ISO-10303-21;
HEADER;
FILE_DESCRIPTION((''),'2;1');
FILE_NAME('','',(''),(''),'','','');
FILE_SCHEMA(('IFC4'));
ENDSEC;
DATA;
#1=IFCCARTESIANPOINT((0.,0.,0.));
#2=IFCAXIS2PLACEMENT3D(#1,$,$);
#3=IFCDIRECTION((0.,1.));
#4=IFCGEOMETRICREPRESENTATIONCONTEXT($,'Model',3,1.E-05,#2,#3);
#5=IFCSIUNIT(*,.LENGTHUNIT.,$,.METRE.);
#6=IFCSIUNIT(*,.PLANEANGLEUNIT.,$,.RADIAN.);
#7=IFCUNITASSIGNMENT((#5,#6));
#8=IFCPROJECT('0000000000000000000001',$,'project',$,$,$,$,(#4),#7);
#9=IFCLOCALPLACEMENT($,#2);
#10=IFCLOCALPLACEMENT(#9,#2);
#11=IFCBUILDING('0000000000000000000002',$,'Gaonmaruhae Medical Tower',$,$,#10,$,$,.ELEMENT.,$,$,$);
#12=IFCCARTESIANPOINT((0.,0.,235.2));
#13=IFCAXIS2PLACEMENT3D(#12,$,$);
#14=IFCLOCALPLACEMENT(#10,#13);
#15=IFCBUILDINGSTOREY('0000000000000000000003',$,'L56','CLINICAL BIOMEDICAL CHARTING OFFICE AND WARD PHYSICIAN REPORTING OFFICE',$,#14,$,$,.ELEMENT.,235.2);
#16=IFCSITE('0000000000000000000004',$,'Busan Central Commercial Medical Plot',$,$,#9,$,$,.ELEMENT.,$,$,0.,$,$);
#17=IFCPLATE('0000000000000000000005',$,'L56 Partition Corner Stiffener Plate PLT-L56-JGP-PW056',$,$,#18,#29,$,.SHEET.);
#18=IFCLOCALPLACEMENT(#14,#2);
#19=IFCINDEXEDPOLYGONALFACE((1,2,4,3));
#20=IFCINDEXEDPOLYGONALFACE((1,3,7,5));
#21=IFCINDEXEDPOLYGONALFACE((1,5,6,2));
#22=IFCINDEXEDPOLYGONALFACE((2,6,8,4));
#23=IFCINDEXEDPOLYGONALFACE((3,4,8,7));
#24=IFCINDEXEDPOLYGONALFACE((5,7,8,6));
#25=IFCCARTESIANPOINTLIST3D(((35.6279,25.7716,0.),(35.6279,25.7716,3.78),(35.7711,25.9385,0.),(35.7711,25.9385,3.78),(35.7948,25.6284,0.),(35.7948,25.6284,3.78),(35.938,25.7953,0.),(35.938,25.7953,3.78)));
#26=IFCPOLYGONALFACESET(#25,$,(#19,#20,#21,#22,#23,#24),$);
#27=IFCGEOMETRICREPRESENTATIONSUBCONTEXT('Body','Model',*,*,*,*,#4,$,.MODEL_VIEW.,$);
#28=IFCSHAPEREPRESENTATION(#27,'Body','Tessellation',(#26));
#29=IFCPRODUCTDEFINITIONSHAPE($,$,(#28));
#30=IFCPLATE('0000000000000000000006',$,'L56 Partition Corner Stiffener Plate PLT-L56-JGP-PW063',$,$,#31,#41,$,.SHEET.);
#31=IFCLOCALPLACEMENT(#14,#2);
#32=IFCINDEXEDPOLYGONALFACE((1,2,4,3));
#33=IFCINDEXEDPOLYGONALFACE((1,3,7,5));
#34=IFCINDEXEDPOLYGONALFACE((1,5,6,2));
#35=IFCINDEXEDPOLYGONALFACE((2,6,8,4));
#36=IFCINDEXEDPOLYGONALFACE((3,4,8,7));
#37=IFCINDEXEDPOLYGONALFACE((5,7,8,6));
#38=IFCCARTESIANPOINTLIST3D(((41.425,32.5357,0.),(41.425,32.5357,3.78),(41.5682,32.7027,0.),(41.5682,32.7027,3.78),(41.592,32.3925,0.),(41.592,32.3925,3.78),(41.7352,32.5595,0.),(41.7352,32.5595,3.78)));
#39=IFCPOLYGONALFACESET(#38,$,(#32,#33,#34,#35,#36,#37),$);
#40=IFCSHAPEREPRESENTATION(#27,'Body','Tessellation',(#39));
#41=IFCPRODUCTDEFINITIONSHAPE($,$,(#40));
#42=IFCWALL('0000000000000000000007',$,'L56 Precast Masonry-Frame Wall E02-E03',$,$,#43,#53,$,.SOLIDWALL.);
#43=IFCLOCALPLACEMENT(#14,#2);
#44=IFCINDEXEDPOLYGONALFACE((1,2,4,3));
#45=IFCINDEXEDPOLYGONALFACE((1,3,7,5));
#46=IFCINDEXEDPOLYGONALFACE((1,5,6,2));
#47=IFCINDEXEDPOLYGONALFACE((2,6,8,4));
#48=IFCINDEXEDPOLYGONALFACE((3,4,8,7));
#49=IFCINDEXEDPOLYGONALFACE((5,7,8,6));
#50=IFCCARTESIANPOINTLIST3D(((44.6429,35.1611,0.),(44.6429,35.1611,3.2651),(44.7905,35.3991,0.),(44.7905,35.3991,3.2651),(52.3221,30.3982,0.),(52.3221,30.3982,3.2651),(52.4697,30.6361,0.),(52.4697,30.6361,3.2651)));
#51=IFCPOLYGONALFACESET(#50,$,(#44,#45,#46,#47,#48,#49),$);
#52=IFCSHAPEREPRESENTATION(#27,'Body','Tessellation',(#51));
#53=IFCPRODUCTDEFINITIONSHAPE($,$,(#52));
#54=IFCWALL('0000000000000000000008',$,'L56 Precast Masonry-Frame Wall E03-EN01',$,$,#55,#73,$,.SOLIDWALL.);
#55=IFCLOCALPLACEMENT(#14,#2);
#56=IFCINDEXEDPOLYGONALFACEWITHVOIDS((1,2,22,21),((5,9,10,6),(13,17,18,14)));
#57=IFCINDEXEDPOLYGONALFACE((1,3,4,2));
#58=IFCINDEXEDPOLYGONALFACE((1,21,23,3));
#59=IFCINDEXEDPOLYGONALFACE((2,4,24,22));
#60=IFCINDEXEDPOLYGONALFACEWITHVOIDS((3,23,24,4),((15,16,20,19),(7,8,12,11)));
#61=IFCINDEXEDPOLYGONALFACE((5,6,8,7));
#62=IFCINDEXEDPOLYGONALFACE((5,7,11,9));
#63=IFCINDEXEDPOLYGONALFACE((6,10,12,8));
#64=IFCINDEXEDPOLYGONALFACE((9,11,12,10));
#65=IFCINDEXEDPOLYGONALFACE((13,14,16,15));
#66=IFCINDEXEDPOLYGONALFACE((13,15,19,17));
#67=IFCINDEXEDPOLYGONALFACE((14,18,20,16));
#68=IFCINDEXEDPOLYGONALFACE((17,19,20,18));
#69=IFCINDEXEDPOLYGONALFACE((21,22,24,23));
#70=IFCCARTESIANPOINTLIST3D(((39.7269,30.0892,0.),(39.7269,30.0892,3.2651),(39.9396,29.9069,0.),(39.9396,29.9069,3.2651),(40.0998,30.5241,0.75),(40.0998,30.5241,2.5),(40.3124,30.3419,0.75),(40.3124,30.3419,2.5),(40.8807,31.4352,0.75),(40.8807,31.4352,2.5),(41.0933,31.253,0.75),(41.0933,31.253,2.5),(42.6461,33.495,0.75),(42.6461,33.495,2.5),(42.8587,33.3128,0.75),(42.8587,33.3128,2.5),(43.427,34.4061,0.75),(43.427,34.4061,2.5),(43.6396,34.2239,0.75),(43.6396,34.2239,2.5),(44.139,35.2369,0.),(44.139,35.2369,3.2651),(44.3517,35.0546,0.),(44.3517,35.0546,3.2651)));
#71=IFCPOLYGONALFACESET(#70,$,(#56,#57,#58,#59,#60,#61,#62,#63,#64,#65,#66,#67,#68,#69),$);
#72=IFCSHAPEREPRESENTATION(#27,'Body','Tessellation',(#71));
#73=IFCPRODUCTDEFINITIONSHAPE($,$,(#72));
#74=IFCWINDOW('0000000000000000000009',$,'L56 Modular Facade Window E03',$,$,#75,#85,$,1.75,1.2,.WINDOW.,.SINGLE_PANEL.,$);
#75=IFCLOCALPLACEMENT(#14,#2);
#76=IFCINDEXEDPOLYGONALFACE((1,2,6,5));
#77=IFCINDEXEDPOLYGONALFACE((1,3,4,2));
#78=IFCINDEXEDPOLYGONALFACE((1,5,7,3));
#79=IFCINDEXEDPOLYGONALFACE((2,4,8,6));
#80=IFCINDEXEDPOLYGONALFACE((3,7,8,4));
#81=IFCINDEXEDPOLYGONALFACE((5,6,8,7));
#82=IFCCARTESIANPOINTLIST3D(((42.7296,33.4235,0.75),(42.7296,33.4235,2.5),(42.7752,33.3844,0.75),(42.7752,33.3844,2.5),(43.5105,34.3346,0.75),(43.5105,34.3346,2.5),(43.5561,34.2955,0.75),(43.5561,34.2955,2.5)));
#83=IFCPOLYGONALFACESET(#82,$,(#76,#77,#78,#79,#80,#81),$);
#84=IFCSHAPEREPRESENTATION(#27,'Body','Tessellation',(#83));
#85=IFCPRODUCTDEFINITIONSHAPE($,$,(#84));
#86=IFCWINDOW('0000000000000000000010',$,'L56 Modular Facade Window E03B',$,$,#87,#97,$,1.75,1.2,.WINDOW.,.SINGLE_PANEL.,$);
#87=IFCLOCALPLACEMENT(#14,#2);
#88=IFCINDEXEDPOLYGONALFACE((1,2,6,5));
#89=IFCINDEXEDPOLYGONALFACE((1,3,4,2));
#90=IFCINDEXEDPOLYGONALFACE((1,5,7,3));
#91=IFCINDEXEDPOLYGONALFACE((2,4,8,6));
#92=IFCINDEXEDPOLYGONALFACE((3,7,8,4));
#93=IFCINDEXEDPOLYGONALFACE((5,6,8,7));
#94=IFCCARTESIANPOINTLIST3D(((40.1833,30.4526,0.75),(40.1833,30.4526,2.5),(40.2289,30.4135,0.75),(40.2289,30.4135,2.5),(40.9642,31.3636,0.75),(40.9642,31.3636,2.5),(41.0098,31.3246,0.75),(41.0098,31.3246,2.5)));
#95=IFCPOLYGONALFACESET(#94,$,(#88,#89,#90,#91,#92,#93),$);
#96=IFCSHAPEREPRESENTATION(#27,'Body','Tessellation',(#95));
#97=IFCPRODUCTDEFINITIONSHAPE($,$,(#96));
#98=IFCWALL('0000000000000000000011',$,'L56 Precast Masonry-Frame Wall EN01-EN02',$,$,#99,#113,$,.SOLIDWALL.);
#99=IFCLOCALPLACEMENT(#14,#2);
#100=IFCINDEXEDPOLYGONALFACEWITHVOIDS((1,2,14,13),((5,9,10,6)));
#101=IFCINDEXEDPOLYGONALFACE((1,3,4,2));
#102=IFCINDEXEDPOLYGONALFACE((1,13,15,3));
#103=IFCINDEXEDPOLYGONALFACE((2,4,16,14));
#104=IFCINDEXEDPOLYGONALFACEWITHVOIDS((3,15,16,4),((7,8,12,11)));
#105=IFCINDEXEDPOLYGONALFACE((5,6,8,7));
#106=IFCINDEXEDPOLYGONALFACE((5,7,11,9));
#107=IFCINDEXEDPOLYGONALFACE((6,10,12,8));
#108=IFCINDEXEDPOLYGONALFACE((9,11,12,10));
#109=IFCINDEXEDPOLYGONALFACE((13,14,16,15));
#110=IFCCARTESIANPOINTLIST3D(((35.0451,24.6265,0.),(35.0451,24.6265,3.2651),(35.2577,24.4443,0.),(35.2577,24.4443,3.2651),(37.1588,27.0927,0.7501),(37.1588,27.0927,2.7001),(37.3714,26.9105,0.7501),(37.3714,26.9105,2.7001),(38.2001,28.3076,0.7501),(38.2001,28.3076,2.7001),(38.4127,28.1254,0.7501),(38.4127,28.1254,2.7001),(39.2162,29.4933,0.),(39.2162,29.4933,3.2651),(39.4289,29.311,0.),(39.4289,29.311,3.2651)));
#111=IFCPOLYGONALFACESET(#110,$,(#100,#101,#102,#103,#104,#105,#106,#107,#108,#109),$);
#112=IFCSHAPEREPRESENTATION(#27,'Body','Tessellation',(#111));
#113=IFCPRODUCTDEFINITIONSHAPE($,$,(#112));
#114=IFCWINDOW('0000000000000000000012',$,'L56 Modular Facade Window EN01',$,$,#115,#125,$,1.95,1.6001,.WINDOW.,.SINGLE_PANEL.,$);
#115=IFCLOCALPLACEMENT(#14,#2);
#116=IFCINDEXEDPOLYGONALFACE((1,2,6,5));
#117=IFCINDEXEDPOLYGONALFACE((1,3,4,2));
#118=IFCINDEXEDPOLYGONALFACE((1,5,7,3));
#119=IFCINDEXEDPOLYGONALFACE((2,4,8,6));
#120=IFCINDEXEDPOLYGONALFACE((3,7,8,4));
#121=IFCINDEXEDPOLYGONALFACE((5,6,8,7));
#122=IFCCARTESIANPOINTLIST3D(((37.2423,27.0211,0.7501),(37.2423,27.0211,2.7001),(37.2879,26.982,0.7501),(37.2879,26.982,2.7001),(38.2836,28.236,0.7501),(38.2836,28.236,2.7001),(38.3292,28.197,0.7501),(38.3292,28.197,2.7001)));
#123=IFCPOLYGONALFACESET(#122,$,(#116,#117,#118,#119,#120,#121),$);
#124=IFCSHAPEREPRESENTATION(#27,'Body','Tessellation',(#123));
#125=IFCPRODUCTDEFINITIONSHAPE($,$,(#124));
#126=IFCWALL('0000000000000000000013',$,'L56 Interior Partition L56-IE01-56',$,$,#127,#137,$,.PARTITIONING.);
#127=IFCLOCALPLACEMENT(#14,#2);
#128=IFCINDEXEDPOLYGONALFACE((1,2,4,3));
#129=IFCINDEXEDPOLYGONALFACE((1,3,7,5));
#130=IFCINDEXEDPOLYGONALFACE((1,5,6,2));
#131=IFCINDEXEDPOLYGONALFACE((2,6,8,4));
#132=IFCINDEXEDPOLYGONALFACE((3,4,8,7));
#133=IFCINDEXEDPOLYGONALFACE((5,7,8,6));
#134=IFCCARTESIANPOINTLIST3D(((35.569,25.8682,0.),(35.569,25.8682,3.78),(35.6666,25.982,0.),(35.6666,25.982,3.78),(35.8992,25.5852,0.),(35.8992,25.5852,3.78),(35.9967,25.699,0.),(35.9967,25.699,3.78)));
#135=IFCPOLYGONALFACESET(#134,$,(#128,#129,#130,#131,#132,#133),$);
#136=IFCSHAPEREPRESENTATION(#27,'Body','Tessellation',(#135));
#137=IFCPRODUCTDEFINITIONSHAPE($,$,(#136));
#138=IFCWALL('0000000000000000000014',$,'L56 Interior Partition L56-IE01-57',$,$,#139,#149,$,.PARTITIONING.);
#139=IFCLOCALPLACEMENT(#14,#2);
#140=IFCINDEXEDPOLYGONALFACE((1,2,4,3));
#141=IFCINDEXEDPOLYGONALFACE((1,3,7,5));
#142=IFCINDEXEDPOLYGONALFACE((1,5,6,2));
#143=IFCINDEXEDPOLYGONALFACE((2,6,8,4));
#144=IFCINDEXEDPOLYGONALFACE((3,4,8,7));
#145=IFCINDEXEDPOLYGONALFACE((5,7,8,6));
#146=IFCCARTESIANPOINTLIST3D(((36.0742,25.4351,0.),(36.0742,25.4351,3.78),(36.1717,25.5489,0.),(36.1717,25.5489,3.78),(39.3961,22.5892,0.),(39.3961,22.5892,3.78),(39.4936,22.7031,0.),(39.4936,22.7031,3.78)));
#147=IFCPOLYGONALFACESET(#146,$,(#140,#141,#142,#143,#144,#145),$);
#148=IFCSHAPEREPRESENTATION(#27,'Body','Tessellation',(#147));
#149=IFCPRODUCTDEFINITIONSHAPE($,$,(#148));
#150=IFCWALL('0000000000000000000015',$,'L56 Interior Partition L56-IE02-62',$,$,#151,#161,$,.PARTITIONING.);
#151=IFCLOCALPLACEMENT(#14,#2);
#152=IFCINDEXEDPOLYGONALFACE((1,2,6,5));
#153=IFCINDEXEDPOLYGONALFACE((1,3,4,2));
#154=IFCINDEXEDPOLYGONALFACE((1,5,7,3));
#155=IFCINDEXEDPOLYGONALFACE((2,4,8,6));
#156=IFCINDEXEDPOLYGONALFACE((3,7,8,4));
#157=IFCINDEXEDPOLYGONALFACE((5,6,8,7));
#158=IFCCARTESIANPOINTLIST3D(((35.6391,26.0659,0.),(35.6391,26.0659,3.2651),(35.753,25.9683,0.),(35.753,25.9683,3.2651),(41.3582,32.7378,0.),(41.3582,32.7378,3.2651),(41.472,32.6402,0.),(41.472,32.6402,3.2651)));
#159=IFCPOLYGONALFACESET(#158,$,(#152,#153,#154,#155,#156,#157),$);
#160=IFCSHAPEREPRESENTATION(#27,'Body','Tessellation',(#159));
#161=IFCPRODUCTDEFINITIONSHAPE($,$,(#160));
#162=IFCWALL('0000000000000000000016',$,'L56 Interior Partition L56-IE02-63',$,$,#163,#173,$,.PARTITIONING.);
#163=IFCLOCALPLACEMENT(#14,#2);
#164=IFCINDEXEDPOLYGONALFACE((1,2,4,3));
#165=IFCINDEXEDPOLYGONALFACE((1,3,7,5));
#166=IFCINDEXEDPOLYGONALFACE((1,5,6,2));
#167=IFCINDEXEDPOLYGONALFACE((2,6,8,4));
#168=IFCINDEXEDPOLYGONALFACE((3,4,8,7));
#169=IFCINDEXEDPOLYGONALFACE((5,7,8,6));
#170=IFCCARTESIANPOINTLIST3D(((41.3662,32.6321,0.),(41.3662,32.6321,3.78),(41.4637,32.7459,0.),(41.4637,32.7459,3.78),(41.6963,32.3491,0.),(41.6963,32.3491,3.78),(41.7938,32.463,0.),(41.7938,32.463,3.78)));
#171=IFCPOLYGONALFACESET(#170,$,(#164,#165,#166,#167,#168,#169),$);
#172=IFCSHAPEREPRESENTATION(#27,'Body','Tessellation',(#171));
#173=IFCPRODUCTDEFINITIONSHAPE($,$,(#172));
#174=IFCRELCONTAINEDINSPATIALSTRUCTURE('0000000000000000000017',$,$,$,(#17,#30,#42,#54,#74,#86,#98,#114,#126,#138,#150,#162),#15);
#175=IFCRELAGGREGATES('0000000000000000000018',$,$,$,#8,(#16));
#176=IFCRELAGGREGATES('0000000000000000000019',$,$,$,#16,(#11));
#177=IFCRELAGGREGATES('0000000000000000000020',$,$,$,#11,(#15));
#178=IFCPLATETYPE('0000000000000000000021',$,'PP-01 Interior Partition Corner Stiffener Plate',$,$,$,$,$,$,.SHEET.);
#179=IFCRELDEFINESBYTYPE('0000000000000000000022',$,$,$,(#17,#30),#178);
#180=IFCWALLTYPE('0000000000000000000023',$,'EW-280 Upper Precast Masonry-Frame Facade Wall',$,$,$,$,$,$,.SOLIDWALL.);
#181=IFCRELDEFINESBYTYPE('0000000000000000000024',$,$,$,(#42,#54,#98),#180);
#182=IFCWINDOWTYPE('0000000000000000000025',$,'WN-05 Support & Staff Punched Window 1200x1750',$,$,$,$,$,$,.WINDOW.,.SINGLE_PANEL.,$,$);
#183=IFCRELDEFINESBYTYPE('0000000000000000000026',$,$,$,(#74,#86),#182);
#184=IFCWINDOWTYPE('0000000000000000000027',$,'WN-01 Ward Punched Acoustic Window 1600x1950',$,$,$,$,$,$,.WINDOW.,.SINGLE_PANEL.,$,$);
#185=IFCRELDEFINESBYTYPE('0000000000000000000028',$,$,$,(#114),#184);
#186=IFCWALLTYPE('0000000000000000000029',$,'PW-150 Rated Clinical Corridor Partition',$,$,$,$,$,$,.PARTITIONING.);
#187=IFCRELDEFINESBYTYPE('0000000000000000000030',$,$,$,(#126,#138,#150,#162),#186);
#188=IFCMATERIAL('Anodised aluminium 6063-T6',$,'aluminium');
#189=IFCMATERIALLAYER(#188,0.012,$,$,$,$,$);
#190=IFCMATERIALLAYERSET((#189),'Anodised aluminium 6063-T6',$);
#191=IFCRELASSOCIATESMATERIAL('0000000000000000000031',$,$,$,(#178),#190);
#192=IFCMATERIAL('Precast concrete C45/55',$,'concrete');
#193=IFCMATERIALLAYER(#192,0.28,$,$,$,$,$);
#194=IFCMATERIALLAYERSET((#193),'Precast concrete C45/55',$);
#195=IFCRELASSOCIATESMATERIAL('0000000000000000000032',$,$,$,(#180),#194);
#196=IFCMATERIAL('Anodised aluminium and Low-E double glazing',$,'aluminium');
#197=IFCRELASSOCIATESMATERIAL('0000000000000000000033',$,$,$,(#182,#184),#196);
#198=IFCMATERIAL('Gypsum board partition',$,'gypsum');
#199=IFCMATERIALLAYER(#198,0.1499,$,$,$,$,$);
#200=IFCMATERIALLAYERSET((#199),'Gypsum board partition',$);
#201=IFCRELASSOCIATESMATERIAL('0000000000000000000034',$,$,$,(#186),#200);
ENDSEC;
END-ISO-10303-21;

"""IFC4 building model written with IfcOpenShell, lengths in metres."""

from ifc_helpers import new_model, si_unit, direction, frame, frame_2d, origin, origin_2d, place, context, subcontext, project, spatial, rectangle, extrude, material, layer, layer_set, type_object, element, fill, save


model = new_model("IFC4")

# Units and contexts
model_context = context("Model", 3, precision=1e-05, world=origin(), true_north=direction((0.0, 1.0)))
body_context = subcontext(model_context, "Body", "Model", "MODEL_VIEW")
ifc_project = project(units=[si_unit("LENGTHUNIT", "METRE"), si_unit("PLANEANGLEUNIT", "RADIAN")], contexts=[model_context])

# Site, building, storey
site_placement = place(None, origin())
site = spatial("IfcSite", under=ifc_project, at=site_placement, Name="Busan Central Commercial Medical Plot", CompositionType="ELEMENT", RefElevation=0.0)
building_placement = place(site_placement, origin())
building = spatial("IfcBuilding", under=site, at=building_placement, Name="Gaonmaruhae Medical Tower", CompositionType="ELEMENT")
storey_placement = place(building_placement, frame((0.0, 0.0, 235.2)))
storey = spatial("IfcBuildingStorey", under=building, at=storey_placement, Name="L56", Description="CLINICAL BIOMEDICAL CHARTING OFFICE AND WARD PHYSICIAN REPORTING OFFICE", CompositionType="ELEMENT", Elevation=235.2)

# Plates
ifc_material_1 = material(Name="Anodised aluminium 6063-T6", Category="aluminium")
ifc_layer_1 = layer(ifc_material_1, 0.012)
ifc_layer_set_1 = layer_set([ifc_layer_1], Name="Anodised aluminium 6063-T6")
plate_type = type_object("IfcPlateType", Name="PP-01 Interior Partition Corner Stiffener Plate", PredefinedType="SHEET", material=ifc_layer_set_1)
for number, where, z_axis, x_axis, name in (
    (1, (35.783, 25.7834, 0.0), (0.0, 0.0, 1.0), (0.75909, -0.650986, 0.0), "L56 Partition Corner Stiffener Plate PLT-L56-JGP-PW056"),
    (2, (41.5801, 32.5476, 0.0), (0.0, 0.0, 1.0), (0.75909, -0.650986, 0.0), "L56 Partition Corner Stiffener Plate PLT-L56-JGP-PW063"),
):
    element("IfcPlate", number, at=place(storey_placement, frame(where, z_axis=z_axis, x_axis=x_axis)), inside=storey, type_object=plate_type, Name=name, PredefinedType="SHEET", context=body_context, shape_type="SweptSolid", body=[
        extrude(rectangle(XDim=0.22, YDim=0.22, at=origin_2d()), origin(), (0.0, 0.0, 1.0), 3.78),
    ])

# Wall
ifc_material_2 = material(Name="Precast concrete C45/55", Category="concrete")
ifc_layer_2 = layer(ifc_material_2, 0.28)
ifc_layer_set_2 = layer_set([ifc_layer_2], Name="Precast concrete C45/55")
wall_type_1 = type_object("IfcWallType", Name="EW-280 Upper Precast Masonry-Frame Facade Wall", PredefinedType="SOLIDWALL", material=ifc_layer_set_2)
wall_1_placement = place(storey_placement, frame((44.7168, 35.28, 0.0), z_axis=(0.0, 0.0, 1.0), x_axis=(0.849812, -0.527086, 0.0)))
element("IfcWall", 3, at=wall_1_placement, inside=storey, type_object=wall_type_1, Name="L56 Precast Masonry-Frame Wall E02-E03", PredefinedType="SOLIDWALL", context=body_context, shape_type="SweptSolid", body=[
    extrude(rectangle(XDim=9.0364, YDim=0.28, at=frame_2d((4.5181, 0.0))), origin(), (0.0, 0.0, 1.0), 3.2651),
])

# Wall, openings, windows
wall_2_placement = place(storey_placement, frame((39.8333, 29.998, 0.0), z_axis=(0.0, 0.0, 1.0), x_axis=(0.650774, 0.759272, 0.0)))
wall_2 = element("IfcWall", 4, at=wall_2_placement, inside=storey, type_object=wall_type_1, Name="L56 Precast Masonry-Frame Wall E03-EN01", PredefinedType="SOLIDWALL", context=body_context, shape_type="SweptSolid", body=[
    extrude(rectangle(XDim=6.7798, YDim=0.28, at=frame_2d((3.3899, 0.0))), origin(), (0.0, 0.0, 1.0), 3.2651),
])
opening_1_placement = place(wall_2_placement, frame((4.4856, 0.0, 0.75)))
opening_1 = element("IfcOpeningElement", 5, at=opening_1_placement, cuts=wall_2, PredefinedType="OPENING", context=body_context, shape_type="SweptSolid", body=[
    extrude(rectangle(XDim=1.2, YDim=1.75, at=frame_2d((0.6001, 0.875))), frame((0.0, 0.1499, 0.0), z_axis=(0.0, -1.0, 0.0), x_axis=(1.0, 0.0, 0.0)), (0.0, 0.0, 1.0), 0.3),
])
opening_2_placement = place(wall_2_placement, frame((0.5728, 0.0, 0.75)))
opening_2 = element("IfcOpeningElement", 6, at=opening_2_placement, cuts=wall_2, PredefinedType="OPENING", context=body_context, shape_type="SweptSolid", body=[
    extrude(rectangle(XDim=1.2, YDim=1.75, at=frame_2d((0.6001, 0.875))), frame((0.0, 0.1499, 0.0), z_axis=(0.0, -1.0, 0.0), x_axis=(1.0, 0.0, 0.0)), (0.0, 0.0, 1.0), 0.3),
])
ifc_material_3 = material(Name="Anodised aluminium and Low-E double glazing", Category="aluminium")
window_type_1 = type_object("IfcWindowType", Name="WN-05 Support & Staff Punched Window 1200x1750", PartitioningType="SINGLE_PANEL", PredefinedType="WINDOW", material=ifc_material_3)
window_1_placement = place(opening_1_placement, origin())
window_1 = element("IfcWindow", 7, at=window_1_placement, inside=storey, type_object=window_type_1, Name="L56 Modular Facade Window E03", OverallHeight=1.75, OverallWidth=1.2, PartitioningType="SINGLE_PANEL", PredefinedType="WINDOW", context=body_context, shape_type="SweptSolid", body=[
    extrude(rectangle(XDim=1.2, YDim=1.75, at=frame_2d((0.6001, 0.875))), frame((0.0, 0.03, 0.0), z_axis=(0.0, -1.0, 0.0), x_axis=(1.0, 0.0, 0.0)), (0.0, 0.0, 1.0), 0.0601),
])
fill(opening_1, window_1)
window_2_placement = place(opening_2_placement, origin())
window_2 = element("IfcWindow", 8, at=window_2_placement, inside=storey, type_object=window_type_1, Name="L56 Modular Facade Window E03B", OverallHeight=1.75, OverallWidth=1.2, PartitioningType="SINGLE_PANEL", PredefinedType="WINDOW", context=body_context, shape_type="SweptSolid", body=[
    extrude(rectangle(XDim=1.2, YDim=1.75, at=frame_2d((0.6001, 0.875))), frame((0.0, 0.03, 0.0), z_axis=(0.0, -1.0, 0.0), x_axis=(1.0, 0.0, 0.0)), (0.0, 0.0, 1.0), 0.0601),
])
fill(opening_2, window_2)

# Wall, opening, window
wall_3_placement = place(storey_placement, frame((35.1514, 24.5354, 0.0), z_axis=(0.0, 0.0, 1.0), x_axis=(0.650763, 0.759281, 0.0)))
wall_3 = element("IfcWall", 9, at=wall_3_placement, inside=storey, type_object=wall_type_1, Name="L56 Precast Masonry-Frame Wall EN01-EN02", PredefinedType="SOLIDWALL", context=body_context, shape_type="SweptSolid", body=[
    extrude(rectangle(XDim=6.4097, YDim=0.28, at=frame_2d((3.2048, 0.0))), origin(), (0.0, 0.0, 1.0), 3.2651),
])
opening_3_placement = place(wall_3_placement, frame((3.248, 0.0, 0.75)))
opening_3 = element("IfcOpeningElement", 10, at=opening_3_placement, cuts=wall_3, PredefinedType="OPENING", context=body_context, shape_type="SweptSolid", body=[
    extrude(rectangle(XDim=1.6001, YDim=1.95, at=frame_2d((0.8, 0.9751))), frame((0.0, 0.1499, 0.0), z_axis=(0.0, -1.0, 0.0), x_axis=(1.0, 0.0, 0.0)), (0.0, 0.0, 1.0), 0.3),
])
window_type_2 = type_object("IfcWindowType", Name="WN-01 Ward Punched Acoustic Window 1600x1950", PartitioningType="SINGLE_PANEL", PredefinedType="WINDOW", material=ifc_material_3)
window_3_placement = place(opening_3_placement, origin())
window_3 = element("IfcWindow", 11, at=window_3_placement, inside=storey, type_object=window_type_2, Name="L56 Modular Facade Window EN01", OverallHeight=1.95, OverallWidth=1.6001, PartitioningType="SINGLE_PANEL", PredefinedType="WINDOW", context=body_context, shape_type="SweptSolid", body=[
    extrude(rectangle(XDim=1.6001, YDim=1.95, at=frame_2d((0.8, 0.9751))), frame((0.0, 0.03, 0.0), z_axis=(0.0, -1.0, 0.0), x_axis=(1.0, 0.0, 0.0)), (0.0, 0.0, 1.0), 0.0601),
])
fill(opening_3, window_3)

# Walls
ifc_material_4 = material(Name="Gypsum board partition", Category="gypsum")
ifc_layer_3 = layer(ifc_material_4, 0.1499)
ifc_layer_set_3 = layer_set([ifc_layer_3], Name="Gypsum board partition")
wall_type_2 = type_object("IfcWallType", Name="PW-150 Rated Clinical Corridor Partition", PredefinedType="PARTITIONING", material=ifc_layer_set_3)
wall_4_placement = place(storey_placement, frame((35.6179, 25.925, 0.0), z_axis=(0.0, 0.0, 1.0), x_axis=(0.759217, -0.650838, 0.0)))
element("IfcWall", 12, at=wall_4_placement, inside=storey, type_object=wall_type_2, Name="L56 Interior Partition L56-IE01-56", PredefinedType="PARTITIONING", context=body_context, shape_type="SweptSolid", body=[
    extrude(rectangle(XDim=0.4348, YDim=0.1499, at=frame_2d((0.2173, 0.0))), origin(), (0.0, 0.0, 1.0), 3.78),
])
wall_5_placement = place(storey_placement, frame((36.123, 25.4919, 0.0), z_axis=(0.0, 0.0, 1.0), x_axis=(0.759426, -0.650594, 0.0)))
element("IfcWall", 13, at=wall_5_placement, inside=storey, type_object=wall_type_2, Name="L56 Interior Partition L56-IE01-57", PredefinedType="PARTITIONING", context=body_context, shape_type="SweptSolid", body=[
    extrude(rectangle(XDim=4.3743, YDim=0.1499, at=frame_2d((2.187, 0.0))), origin(), (0.0, 0.0, 1.0), 3.78),
])
wall_6_placement = place(storey_placement, frame((35.696, 26.0171, 0.0), z_axis=(0.0, 0.0, 1.0), x_axis=(0.650807, 0.759243, 0.0)))
element("IfcWall", 14, at=wall_6_placement, inside=storey, type_object=wall_type_2, Name="L56 Interior Partition L56-IE02-62", PredefinedType="PARTITIONING", context=body_context, shape_type="SweptSolid", body=[
    extrude(rectangle(XDim=8.7876, YDim=0.1499, at=frame_2d((4.3938, 0.0))), origin(), (0.0, 0.0, 1.0), 3.2651),
])
wall_7_placement = place(storey_placement, frame((41.415, 32.689, 0.0), z_axis=(0.0, 0.0, 1.0), x_axis=(0.759217, -0.650838, 0.0)))
element("IfcWall", 15, at=wall_7_placement, inside=storey, type_object=wall_type_2, Name="L56 Interior Partition L56-IE02-63", PredefinedType="PARTITIONING", context=body_context, shape_type="SweptSolid", body=[
    extrude(rectangle(XDim=0.4348, YDim=0.1499, at=frame_2d((0.2173, 0.0))), origin(), (0.0, 0.0, 1.0), 3.78),
])

save(model, "model.ifc")
